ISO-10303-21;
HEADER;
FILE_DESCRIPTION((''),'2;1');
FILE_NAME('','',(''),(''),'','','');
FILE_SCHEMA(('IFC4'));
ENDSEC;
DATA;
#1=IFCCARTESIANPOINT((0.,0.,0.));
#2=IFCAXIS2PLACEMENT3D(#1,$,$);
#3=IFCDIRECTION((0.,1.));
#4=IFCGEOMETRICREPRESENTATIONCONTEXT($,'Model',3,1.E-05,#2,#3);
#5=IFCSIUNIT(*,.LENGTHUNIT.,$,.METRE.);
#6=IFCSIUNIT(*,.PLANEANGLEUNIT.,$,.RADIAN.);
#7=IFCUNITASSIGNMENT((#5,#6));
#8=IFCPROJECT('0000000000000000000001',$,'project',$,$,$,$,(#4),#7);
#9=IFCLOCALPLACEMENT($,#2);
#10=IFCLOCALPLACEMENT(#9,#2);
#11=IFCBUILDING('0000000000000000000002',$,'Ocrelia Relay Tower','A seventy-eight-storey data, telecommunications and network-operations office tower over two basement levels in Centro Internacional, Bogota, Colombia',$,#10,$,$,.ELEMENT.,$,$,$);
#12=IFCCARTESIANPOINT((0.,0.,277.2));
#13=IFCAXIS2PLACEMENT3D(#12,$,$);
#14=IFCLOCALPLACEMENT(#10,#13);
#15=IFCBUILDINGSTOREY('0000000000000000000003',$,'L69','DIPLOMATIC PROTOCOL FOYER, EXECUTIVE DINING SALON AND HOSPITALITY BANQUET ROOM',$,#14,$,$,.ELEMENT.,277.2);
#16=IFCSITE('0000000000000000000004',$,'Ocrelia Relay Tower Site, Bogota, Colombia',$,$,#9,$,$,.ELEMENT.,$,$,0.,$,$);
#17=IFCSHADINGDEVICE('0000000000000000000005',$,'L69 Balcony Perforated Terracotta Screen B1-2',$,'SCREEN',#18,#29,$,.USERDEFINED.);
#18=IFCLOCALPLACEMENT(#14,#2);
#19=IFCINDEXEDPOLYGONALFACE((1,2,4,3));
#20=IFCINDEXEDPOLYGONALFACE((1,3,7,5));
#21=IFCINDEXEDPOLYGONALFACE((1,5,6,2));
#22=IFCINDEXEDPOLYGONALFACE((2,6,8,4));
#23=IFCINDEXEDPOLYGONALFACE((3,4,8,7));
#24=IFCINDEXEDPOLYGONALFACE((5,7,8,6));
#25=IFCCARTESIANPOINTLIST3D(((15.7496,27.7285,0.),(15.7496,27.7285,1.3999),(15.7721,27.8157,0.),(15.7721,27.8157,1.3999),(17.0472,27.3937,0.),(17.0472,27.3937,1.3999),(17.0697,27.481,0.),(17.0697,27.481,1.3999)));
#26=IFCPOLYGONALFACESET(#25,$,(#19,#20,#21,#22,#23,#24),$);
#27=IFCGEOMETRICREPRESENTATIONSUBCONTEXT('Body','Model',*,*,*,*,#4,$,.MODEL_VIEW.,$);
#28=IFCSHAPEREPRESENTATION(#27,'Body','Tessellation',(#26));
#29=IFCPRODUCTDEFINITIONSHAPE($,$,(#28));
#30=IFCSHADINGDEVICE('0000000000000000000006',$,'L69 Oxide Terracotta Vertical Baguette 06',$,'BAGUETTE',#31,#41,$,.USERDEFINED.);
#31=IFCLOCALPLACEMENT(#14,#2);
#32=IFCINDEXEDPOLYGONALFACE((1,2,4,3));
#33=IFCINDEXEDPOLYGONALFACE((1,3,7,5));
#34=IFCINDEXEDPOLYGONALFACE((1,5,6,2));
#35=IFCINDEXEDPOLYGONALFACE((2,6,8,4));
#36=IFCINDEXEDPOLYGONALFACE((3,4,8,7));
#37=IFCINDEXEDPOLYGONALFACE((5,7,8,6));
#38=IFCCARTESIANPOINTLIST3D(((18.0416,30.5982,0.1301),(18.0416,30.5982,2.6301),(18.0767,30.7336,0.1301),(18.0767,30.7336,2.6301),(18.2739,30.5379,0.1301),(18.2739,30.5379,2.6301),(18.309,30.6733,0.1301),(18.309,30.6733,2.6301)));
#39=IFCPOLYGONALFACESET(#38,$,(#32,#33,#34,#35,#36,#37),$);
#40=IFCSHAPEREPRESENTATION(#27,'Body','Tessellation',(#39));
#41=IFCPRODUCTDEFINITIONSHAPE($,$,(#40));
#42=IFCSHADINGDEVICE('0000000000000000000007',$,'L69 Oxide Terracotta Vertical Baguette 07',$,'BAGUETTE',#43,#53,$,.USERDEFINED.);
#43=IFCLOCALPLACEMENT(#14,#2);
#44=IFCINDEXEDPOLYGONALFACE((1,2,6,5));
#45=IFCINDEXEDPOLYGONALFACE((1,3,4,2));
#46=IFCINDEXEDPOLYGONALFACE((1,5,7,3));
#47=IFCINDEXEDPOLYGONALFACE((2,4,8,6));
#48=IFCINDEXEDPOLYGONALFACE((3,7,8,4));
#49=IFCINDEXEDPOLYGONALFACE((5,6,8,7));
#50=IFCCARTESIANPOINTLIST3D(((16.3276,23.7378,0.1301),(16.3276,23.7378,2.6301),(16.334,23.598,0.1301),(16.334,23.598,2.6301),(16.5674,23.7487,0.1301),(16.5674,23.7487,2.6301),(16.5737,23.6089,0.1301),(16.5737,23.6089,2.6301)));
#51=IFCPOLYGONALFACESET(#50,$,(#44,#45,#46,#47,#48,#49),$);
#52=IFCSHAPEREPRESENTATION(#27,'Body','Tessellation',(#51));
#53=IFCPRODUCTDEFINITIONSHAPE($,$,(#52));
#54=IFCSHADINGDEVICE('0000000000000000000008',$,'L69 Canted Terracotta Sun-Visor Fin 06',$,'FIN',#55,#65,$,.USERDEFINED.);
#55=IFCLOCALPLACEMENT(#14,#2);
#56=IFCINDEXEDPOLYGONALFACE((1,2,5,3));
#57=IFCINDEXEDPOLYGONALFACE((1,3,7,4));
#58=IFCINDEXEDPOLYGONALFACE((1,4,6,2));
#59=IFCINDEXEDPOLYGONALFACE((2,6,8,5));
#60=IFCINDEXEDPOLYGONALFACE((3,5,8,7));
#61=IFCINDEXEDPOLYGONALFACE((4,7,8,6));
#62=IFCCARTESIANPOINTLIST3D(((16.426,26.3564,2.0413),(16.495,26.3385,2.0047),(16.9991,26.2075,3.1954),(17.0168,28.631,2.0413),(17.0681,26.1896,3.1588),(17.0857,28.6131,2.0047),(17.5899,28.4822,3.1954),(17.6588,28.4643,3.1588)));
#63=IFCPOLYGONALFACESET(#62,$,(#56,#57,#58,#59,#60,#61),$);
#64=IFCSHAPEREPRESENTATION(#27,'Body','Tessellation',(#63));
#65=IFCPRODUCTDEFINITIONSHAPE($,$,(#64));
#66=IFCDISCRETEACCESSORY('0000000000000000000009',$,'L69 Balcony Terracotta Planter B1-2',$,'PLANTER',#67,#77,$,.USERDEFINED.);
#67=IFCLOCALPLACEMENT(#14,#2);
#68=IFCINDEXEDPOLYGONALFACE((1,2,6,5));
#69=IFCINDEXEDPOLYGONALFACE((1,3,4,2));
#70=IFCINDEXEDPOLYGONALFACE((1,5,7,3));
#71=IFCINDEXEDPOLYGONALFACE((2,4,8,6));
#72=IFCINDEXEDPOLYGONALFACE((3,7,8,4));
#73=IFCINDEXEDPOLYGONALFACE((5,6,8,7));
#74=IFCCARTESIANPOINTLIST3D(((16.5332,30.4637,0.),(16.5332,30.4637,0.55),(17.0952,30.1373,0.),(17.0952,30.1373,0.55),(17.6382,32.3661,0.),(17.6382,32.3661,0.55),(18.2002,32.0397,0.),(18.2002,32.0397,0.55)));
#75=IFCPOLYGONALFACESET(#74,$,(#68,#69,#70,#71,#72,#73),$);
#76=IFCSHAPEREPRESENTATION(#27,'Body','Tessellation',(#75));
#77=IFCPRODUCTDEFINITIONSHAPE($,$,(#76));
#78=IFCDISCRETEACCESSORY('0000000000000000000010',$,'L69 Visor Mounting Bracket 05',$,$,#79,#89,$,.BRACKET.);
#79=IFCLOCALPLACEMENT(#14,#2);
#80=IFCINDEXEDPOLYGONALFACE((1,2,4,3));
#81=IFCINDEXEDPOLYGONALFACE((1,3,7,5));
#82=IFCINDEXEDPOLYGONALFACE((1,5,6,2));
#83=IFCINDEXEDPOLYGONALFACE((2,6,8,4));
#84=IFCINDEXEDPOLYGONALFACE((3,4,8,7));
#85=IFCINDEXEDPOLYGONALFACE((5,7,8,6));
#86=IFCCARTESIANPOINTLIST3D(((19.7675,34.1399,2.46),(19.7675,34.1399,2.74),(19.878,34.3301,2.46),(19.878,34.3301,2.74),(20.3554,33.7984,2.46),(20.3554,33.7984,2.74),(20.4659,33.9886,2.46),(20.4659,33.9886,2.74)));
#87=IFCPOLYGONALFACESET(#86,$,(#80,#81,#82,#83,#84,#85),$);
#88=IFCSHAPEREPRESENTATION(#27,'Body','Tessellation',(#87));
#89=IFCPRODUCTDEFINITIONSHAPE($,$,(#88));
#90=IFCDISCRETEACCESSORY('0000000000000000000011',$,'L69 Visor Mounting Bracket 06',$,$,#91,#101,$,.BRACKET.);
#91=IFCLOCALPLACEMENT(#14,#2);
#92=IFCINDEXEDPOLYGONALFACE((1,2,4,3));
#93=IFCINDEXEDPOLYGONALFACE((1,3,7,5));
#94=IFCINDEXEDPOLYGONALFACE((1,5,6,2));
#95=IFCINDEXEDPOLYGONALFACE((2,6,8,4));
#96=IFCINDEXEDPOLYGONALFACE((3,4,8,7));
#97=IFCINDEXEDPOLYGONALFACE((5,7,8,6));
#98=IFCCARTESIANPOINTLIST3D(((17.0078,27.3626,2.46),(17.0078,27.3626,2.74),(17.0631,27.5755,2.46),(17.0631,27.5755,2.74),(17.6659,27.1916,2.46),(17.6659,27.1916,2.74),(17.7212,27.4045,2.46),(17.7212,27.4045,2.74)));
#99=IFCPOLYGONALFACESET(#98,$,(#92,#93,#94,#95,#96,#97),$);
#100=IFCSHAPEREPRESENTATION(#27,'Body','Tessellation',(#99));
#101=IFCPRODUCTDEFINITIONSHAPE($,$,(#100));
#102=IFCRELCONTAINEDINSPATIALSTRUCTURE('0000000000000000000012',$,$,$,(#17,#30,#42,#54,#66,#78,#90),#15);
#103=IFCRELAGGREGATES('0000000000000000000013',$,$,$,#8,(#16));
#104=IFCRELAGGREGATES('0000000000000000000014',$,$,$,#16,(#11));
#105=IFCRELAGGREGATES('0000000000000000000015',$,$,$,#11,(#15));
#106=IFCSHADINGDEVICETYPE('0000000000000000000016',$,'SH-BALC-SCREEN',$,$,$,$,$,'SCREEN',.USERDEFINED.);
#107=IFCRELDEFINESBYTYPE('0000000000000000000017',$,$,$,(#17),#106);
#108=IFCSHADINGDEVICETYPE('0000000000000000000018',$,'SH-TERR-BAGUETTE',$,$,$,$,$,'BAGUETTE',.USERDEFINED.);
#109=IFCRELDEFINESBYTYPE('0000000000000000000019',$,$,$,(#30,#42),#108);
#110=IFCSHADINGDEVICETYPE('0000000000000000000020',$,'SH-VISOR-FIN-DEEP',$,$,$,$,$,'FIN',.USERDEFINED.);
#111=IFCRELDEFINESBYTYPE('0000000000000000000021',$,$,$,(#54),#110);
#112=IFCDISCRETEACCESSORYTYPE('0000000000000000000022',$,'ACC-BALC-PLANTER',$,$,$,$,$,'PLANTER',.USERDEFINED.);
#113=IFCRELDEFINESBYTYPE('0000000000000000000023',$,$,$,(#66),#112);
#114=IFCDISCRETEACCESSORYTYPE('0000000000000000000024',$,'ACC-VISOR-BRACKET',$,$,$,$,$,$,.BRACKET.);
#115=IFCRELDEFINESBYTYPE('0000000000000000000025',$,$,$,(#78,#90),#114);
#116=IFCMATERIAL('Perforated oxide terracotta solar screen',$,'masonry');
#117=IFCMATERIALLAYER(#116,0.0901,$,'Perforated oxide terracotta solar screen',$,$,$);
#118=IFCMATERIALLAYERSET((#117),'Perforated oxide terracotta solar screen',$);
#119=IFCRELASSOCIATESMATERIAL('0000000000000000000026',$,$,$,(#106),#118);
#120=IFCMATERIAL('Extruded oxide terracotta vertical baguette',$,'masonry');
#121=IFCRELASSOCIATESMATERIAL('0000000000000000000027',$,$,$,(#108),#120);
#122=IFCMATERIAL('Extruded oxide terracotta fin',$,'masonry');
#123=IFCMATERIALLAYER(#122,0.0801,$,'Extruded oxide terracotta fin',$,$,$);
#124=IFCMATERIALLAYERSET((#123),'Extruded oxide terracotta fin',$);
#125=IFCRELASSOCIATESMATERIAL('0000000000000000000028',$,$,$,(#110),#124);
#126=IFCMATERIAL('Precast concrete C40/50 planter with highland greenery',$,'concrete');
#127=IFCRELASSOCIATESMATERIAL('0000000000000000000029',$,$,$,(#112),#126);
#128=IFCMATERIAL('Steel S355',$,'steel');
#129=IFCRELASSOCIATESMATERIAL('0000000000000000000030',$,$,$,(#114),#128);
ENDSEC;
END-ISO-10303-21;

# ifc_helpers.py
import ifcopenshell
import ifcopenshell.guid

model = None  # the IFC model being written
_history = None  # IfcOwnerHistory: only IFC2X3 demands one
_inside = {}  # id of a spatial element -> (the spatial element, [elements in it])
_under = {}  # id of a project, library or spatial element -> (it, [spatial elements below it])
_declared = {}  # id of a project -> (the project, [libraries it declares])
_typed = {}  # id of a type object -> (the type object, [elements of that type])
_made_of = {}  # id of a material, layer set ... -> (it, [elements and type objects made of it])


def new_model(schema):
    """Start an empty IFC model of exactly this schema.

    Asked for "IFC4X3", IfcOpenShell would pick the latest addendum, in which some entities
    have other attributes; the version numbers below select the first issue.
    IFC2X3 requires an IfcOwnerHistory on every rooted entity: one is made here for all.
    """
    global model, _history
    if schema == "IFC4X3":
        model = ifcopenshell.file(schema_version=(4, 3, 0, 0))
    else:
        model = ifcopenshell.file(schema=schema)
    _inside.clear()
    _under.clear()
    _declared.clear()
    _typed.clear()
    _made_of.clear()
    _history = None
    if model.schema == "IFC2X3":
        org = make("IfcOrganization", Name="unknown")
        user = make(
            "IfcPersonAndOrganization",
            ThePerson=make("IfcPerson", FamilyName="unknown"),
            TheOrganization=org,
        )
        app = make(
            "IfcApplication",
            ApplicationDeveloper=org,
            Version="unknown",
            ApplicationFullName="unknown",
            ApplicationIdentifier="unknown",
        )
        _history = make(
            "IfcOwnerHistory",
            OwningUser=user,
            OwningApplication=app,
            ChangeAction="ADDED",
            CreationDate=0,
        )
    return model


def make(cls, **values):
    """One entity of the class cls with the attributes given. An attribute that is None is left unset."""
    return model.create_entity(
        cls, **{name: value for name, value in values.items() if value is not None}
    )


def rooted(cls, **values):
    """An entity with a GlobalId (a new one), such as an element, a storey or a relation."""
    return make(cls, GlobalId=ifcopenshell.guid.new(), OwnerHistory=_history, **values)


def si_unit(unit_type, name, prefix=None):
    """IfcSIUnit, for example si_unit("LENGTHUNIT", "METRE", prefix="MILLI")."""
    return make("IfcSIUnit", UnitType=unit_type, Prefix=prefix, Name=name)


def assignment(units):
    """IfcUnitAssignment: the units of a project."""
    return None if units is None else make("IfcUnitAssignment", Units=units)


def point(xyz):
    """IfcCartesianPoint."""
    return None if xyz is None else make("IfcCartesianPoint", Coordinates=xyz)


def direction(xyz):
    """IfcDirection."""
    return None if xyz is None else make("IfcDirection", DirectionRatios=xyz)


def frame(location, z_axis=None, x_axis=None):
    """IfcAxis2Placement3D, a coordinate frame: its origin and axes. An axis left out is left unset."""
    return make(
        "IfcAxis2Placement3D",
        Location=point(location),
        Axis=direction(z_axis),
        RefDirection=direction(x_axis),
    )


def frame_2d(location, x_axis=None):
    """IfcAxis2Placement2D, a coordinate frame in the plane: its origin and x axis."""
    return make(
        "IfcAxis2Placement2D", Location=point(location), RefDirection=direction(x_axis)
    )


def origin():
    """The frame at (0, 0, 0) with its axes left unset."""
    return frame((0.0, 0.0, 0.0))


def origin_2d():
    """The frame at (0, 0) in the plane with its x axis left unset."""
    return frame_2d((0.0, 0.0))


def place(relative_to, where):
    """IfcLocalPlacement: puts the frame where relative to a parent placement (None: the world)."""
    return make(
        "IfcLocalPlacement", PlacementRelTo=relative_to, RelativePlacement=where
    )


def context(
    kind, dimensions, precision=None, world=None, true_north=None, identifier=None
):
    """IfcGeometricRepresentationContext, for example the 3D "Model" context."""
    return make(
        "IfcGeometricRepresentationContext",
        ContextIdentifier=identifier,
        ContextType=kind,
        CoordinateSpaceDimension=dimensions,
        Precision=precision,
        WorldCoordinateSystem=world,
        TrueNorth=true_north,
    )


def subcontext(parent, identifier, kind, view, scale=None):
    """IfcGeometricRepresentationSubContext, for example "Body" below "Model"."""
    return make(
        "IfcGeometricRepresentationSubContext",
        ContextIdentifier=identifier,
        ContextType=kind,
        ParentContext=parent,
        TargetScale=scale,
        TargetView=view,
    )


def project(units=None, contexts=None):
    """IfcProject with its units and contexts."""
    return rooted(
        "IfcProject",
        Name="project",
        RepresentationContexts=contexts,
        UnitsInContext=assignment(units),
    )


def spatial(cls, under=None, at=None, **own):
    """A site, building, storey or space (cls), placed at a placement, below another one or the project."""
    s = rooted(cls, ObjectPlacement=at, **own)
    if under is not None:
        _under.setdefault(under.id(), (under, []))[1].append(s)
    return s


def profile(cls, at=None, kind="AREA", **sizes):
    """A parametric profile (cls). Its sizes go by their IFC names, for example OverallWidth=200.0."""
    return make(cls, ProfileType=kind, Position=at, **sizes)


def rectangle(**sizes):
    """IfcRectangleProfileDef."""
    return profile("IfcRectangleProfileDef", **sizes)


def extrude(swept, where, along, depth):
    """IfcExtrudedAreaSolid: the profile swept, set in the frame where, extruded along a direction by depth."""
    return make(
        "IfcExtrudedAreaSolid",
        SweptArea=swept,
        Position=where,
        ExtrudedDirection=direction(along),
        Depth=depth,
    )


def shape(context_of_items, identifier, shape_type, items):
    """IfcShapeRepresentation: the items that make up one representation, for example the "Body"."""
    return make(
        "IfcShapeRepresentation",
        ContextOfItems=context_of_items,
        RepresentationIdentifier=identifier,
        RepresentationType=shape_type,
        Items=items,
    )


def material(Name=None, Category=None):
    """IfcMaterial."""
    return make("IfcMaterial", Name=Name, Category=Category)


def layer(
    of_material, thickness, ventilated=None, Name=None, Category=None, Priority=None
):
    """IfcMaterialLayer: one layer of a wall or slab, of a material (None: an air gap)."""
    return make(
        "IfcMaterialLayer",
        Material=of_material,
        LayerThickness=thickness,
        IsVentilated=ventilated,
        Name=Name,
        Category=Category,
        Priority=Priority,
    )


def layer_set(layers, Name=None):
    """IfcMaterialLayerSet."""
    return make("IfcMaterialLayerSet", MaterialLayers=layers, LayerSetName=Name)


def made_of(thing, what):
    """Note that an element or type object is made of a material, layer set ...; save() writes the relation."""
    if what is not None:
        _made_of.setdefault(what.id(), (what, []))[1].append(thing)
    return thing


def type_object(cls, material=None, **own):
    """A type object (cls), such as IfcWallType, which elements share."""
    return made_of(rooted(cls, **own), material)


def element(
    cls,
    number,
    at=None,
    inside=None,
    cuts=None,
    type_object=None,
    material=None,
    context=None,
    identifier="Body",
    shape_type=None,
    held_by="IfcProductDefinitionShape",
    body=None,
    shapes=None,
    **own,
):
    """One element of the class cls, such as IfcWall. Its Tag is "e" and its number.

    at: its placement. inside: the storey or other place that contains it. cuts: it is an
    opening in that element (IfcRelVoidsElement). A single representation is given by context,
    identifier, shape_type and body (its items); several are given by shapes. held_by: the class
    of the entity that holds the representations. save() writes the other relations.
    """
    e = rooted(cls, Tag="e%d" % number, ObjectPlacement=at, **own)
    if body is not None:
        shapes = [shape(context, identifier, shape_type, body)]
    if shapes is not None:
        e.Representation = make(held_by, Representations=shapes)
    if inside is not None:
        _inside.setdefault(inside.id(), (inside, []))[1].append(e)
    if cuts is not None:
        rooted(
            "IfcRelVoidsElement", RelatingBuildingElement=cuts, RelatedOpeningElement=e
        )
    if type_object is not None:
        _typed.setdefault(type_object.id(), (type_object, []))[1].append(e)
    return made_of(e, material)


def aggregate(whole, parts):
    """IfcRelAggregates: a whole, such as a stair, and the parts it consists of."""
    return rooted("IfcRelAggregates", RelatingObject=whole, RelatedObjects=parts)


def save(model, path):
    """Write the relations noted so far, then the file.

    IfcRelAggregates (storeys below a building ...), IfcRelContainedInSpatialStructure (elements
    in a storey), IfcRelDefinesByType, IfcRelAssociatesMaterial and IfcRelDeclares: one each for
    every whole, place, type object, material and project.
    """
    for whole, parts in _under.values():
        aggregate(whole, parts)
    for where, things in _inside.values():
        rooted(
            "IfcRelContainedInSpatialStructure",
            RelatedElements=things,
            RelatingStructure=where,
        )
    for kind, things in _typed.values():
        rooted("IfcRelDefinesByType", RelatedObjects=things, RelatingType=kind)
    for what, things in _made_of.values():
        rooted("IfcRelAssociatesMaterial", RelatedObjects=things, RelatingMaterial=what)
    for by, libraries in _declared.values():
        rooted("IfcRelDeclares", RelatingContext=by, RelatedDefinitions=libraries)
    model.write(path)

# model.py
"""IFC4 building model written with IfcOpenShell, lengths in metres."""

from ifc_helpers import new_model, si_unit, direction, frame, origin, origin_2d, place, context, subcontext, project, spatial, rectangle, extrude, material, layer, layer_set, type_object, element, save


model = new_model("IFC4")

# Units and contexts
model_context = context("Model", 3, precision=1e-05, world=origin(), true_north=direction((0.0, 1.0)))
body_context = subcontext(model_context, "Body", "Model", "MODEL_VIEW")
ifc_project = project(units=[si_unit("LENGTHUNIT", "METRE"), si_unit("PLANEANGLEUNIT", "RADIAN")], contexts=[model_context])

# Site, building, storey
site_placement = place(None, origin())
site = spatial("IfcSite", under=ifc_project, at=site_placement, Name="Ocrelia Relay Tower Site, Bogota, Colombia", CompositionType="ELEMENT", RefElevation=0.0)
building_placement = place(site_placement, origin())
building = spatial("IfcBuilding", under=site, at=building_placement, Name="Ocrelia Relay Tower", Description="A seventy-eight-storey data, telecommunications and network-operations office tower over two basement levels in Centro Internacional, Bogota, Colombia", CompositionType="ELEMENT")
storey_placement = place(building_placement, frame((0.0, 0.0, 277.2)))
storey = spatial("IfcBuildingStorey", under=building, at=storey_placement, Name="L69", Description="DIPLOMATIC PROTOCOL FOYER, EXECUTIVE DINING SALON AND HOSPITALITY BANQUET ROOM", CompositionType="ELEMENT", Elevation=277.2)

# Shared definitions
ifc_material_1 = material(Name="Steel S355", Category="steel")

# Shading devices
ifc_material_2 = material(Name="Perforated oxide terracotta solar screen", Category="masonry")
ifc_layer_1 = layer(ifc_material_2, 0.0901, Name="Perforated oxide terracotta solar screen")
ifc_layer_set_1 = layer_set([ifc_layer_1], Name="Perforated oxide terracotta solar screen")
shading_device_type_1 = type_object("IfcShadingDeviceType", Name="SH-BALC-SCREEN", ElementType="SCREEN", PredefinedType="USERDEFINED", material=ifc_layer_set_1)
shading_device_1_placement = place(storey_placement, frame((16.4097, 27.6047, 0.0), z_axis=(0.0, 0.0, 1.0), x_axis=(-0.968296, 0.249806, 0.0)))
element("IfcShadingDevice", 1, at=shading_device_1_placement, inside=storey, type_object=shading_device_type_1, Name="L69 Balcony Perforated Terracotta Screen B1-2", ObjectType="SCREEN", PredefinedType="USERDEFINED", context=body_context, shape_type="SweptSolid", body=[
    extrude(rectangle(XDim=1.3401, YDim=0.0901, at=origin_2d()), origin(), (0.0, 0.0, 1.0), 1.3999),
])
ifc_material_3 = material(Name="Extruded oxide terracotta vertical baguette", Category="masonry")
shading_device_type_2 = type_object("IfcShadingDeviceType", Name="SH-TERR-BAGUETTE", ElementType="BAGUETTE", PredefinedType="USERDEFINED", material=ifc_material_3)
for number, where, z_axis, x_axis, name in (
    (2, (18.1753, 30.6357, 0.1301), (0.0, 0.0, 1.0), (-0.251378, -0.967889, 0.0), "L69 Oxide Terracotta Vertical Baguette 06"),
    (3, (16.4507, 23.6733, 0.1301), (0.0, 0.0, 1.0), (0.04543, -0.998968, 0.0), "L69 Oxide Terracotta Vertical Baguette 07"),
):
    element("IfcShadingDevice", number, at=place(storey_placement, frame(where, z_axis=z_axis, x_axis=x_axis)), inside=storey, type_object=shading_device_type_2, Name=name, ObjectType="BAGUETTE", PredefinedType="USERDEFINED", context=body_context, shape_type="SweptSolid", body=[
        extrude(rectangle(XDim=0.1399, YDim=0.24, at=origin_2d()), origin(), (0.0, 0.0, 1.0), 2.5),
    ])
ifc_material_4 = material(Name="Extruded oxide terracotta fin", Category="masonry")
ifc_layer_2 = layer(ifc_material_4, 0.0801, Name="Extruded oxide terracotta fin")
ifc_layer_set_2 = layer_set([ifc_layer_2], Name="Extruded oxide terracotta fin")
shading_device_type_3 = type_object("IfcShadingDeviceType", Name="SH-VISOR-FIN-DEEP", ElementType="FIN", PredefinedType="USERDEFINED", material=ifc_layer_set_2)
shading_device_2_placement = place(storey_placement, frame((17.0769, 27.4014, 2.5818), z_axis=(-0.861165, 0.22366, 0.456477), x_axis=(-0.251378, -0.967889, 0.0)))
element("IfcShadingDevice", 4, at=shading_device_2_placement, inside=storey, type_object=shading_device_type_3, Name="L69 Canted Terracotta Sun-Visor Fin 06", ObjectType="FIN", PredefinedType="USERDEFINED", context=body_context, shape_type="SweptSolid", body=[
    extrude(rectangle(XDim=2.3501, YDim=1.2971, at=origin_2d()), origin(), (0.0, 0.0, 1.0), 0.0801),
])

# Discrete accessories
ifc_material_5 = material(Name="Precast concrete C40/50 planter with highland greenery", Category="concrete")
discrete_accessory_type_1 = type_object("IfcDiscreteAccessoryType", Name="ACC-BALC-PLANTER", ElementType="PLANTER", PredefinedType="USERDEFINED", material=ifc_material_5)
discrete_accessory_placement = place(storey_placement, frame((17.3667, 31.2517, 0.0), z_axis=(0.0, 0.0, 1.0), x_axis=(0.502252, 0.864721, 0.0)))
element("IfcDiscreteAccessory", 5, at=discrete_accessory_placement, inside=storey, type_object=discrete_accessory_type_1, Name="L69 Balcony Terracotta Planter B1-2", ObjectType="PLANTER", PredefinedType="USERDEFINED", context=body_context, shape_type="SweptSolid", body=[
    extrude(rectangle(XDim=2.2, YDim=0.6499, at=origin_2d()), origin(), (0.0, 0.0, 1.0), 0.55),
])
discrete_accessory_type_2 = type_object("IfcDiscreteAccessoryType", Name="ACC-VISOR-BRACKET", PredefinedType="BRACKET", material=ifc_material_1)
for number, where, z_axis, x_axis, name in (
    (6, (20.1167, 34.0642, 2.46), (0.0, 0.0, 1.0), (-0.502259, -0.864717, 0.0), "L69 Visor Mounting Bracket 05"),
    (7, (17.3645, 27.3835, 2.46), (0.0, 0.0, 1.0), (-0.251378, -0.967889, 0.0), "L69 Visor Mounting Bracket 06"),
):
    element("IfcDiscreteAccessory", number, at=place(storey_placement, frame(where, z_axis=z_axis, x_axis=x_axis)), inside=storey, type_object=discrete_accessory_type_2, Name=name, PredefinedType="BRACKET", context=body_context, shape_type="SweptSolid", body=[
        extrude(rectangle(XDim=0.22, YDim=0.6799, at=origin_2d()), origin(), (0.0, 0.0, 1.0), 0.28),
    ])

save(model, "model.ifc")
